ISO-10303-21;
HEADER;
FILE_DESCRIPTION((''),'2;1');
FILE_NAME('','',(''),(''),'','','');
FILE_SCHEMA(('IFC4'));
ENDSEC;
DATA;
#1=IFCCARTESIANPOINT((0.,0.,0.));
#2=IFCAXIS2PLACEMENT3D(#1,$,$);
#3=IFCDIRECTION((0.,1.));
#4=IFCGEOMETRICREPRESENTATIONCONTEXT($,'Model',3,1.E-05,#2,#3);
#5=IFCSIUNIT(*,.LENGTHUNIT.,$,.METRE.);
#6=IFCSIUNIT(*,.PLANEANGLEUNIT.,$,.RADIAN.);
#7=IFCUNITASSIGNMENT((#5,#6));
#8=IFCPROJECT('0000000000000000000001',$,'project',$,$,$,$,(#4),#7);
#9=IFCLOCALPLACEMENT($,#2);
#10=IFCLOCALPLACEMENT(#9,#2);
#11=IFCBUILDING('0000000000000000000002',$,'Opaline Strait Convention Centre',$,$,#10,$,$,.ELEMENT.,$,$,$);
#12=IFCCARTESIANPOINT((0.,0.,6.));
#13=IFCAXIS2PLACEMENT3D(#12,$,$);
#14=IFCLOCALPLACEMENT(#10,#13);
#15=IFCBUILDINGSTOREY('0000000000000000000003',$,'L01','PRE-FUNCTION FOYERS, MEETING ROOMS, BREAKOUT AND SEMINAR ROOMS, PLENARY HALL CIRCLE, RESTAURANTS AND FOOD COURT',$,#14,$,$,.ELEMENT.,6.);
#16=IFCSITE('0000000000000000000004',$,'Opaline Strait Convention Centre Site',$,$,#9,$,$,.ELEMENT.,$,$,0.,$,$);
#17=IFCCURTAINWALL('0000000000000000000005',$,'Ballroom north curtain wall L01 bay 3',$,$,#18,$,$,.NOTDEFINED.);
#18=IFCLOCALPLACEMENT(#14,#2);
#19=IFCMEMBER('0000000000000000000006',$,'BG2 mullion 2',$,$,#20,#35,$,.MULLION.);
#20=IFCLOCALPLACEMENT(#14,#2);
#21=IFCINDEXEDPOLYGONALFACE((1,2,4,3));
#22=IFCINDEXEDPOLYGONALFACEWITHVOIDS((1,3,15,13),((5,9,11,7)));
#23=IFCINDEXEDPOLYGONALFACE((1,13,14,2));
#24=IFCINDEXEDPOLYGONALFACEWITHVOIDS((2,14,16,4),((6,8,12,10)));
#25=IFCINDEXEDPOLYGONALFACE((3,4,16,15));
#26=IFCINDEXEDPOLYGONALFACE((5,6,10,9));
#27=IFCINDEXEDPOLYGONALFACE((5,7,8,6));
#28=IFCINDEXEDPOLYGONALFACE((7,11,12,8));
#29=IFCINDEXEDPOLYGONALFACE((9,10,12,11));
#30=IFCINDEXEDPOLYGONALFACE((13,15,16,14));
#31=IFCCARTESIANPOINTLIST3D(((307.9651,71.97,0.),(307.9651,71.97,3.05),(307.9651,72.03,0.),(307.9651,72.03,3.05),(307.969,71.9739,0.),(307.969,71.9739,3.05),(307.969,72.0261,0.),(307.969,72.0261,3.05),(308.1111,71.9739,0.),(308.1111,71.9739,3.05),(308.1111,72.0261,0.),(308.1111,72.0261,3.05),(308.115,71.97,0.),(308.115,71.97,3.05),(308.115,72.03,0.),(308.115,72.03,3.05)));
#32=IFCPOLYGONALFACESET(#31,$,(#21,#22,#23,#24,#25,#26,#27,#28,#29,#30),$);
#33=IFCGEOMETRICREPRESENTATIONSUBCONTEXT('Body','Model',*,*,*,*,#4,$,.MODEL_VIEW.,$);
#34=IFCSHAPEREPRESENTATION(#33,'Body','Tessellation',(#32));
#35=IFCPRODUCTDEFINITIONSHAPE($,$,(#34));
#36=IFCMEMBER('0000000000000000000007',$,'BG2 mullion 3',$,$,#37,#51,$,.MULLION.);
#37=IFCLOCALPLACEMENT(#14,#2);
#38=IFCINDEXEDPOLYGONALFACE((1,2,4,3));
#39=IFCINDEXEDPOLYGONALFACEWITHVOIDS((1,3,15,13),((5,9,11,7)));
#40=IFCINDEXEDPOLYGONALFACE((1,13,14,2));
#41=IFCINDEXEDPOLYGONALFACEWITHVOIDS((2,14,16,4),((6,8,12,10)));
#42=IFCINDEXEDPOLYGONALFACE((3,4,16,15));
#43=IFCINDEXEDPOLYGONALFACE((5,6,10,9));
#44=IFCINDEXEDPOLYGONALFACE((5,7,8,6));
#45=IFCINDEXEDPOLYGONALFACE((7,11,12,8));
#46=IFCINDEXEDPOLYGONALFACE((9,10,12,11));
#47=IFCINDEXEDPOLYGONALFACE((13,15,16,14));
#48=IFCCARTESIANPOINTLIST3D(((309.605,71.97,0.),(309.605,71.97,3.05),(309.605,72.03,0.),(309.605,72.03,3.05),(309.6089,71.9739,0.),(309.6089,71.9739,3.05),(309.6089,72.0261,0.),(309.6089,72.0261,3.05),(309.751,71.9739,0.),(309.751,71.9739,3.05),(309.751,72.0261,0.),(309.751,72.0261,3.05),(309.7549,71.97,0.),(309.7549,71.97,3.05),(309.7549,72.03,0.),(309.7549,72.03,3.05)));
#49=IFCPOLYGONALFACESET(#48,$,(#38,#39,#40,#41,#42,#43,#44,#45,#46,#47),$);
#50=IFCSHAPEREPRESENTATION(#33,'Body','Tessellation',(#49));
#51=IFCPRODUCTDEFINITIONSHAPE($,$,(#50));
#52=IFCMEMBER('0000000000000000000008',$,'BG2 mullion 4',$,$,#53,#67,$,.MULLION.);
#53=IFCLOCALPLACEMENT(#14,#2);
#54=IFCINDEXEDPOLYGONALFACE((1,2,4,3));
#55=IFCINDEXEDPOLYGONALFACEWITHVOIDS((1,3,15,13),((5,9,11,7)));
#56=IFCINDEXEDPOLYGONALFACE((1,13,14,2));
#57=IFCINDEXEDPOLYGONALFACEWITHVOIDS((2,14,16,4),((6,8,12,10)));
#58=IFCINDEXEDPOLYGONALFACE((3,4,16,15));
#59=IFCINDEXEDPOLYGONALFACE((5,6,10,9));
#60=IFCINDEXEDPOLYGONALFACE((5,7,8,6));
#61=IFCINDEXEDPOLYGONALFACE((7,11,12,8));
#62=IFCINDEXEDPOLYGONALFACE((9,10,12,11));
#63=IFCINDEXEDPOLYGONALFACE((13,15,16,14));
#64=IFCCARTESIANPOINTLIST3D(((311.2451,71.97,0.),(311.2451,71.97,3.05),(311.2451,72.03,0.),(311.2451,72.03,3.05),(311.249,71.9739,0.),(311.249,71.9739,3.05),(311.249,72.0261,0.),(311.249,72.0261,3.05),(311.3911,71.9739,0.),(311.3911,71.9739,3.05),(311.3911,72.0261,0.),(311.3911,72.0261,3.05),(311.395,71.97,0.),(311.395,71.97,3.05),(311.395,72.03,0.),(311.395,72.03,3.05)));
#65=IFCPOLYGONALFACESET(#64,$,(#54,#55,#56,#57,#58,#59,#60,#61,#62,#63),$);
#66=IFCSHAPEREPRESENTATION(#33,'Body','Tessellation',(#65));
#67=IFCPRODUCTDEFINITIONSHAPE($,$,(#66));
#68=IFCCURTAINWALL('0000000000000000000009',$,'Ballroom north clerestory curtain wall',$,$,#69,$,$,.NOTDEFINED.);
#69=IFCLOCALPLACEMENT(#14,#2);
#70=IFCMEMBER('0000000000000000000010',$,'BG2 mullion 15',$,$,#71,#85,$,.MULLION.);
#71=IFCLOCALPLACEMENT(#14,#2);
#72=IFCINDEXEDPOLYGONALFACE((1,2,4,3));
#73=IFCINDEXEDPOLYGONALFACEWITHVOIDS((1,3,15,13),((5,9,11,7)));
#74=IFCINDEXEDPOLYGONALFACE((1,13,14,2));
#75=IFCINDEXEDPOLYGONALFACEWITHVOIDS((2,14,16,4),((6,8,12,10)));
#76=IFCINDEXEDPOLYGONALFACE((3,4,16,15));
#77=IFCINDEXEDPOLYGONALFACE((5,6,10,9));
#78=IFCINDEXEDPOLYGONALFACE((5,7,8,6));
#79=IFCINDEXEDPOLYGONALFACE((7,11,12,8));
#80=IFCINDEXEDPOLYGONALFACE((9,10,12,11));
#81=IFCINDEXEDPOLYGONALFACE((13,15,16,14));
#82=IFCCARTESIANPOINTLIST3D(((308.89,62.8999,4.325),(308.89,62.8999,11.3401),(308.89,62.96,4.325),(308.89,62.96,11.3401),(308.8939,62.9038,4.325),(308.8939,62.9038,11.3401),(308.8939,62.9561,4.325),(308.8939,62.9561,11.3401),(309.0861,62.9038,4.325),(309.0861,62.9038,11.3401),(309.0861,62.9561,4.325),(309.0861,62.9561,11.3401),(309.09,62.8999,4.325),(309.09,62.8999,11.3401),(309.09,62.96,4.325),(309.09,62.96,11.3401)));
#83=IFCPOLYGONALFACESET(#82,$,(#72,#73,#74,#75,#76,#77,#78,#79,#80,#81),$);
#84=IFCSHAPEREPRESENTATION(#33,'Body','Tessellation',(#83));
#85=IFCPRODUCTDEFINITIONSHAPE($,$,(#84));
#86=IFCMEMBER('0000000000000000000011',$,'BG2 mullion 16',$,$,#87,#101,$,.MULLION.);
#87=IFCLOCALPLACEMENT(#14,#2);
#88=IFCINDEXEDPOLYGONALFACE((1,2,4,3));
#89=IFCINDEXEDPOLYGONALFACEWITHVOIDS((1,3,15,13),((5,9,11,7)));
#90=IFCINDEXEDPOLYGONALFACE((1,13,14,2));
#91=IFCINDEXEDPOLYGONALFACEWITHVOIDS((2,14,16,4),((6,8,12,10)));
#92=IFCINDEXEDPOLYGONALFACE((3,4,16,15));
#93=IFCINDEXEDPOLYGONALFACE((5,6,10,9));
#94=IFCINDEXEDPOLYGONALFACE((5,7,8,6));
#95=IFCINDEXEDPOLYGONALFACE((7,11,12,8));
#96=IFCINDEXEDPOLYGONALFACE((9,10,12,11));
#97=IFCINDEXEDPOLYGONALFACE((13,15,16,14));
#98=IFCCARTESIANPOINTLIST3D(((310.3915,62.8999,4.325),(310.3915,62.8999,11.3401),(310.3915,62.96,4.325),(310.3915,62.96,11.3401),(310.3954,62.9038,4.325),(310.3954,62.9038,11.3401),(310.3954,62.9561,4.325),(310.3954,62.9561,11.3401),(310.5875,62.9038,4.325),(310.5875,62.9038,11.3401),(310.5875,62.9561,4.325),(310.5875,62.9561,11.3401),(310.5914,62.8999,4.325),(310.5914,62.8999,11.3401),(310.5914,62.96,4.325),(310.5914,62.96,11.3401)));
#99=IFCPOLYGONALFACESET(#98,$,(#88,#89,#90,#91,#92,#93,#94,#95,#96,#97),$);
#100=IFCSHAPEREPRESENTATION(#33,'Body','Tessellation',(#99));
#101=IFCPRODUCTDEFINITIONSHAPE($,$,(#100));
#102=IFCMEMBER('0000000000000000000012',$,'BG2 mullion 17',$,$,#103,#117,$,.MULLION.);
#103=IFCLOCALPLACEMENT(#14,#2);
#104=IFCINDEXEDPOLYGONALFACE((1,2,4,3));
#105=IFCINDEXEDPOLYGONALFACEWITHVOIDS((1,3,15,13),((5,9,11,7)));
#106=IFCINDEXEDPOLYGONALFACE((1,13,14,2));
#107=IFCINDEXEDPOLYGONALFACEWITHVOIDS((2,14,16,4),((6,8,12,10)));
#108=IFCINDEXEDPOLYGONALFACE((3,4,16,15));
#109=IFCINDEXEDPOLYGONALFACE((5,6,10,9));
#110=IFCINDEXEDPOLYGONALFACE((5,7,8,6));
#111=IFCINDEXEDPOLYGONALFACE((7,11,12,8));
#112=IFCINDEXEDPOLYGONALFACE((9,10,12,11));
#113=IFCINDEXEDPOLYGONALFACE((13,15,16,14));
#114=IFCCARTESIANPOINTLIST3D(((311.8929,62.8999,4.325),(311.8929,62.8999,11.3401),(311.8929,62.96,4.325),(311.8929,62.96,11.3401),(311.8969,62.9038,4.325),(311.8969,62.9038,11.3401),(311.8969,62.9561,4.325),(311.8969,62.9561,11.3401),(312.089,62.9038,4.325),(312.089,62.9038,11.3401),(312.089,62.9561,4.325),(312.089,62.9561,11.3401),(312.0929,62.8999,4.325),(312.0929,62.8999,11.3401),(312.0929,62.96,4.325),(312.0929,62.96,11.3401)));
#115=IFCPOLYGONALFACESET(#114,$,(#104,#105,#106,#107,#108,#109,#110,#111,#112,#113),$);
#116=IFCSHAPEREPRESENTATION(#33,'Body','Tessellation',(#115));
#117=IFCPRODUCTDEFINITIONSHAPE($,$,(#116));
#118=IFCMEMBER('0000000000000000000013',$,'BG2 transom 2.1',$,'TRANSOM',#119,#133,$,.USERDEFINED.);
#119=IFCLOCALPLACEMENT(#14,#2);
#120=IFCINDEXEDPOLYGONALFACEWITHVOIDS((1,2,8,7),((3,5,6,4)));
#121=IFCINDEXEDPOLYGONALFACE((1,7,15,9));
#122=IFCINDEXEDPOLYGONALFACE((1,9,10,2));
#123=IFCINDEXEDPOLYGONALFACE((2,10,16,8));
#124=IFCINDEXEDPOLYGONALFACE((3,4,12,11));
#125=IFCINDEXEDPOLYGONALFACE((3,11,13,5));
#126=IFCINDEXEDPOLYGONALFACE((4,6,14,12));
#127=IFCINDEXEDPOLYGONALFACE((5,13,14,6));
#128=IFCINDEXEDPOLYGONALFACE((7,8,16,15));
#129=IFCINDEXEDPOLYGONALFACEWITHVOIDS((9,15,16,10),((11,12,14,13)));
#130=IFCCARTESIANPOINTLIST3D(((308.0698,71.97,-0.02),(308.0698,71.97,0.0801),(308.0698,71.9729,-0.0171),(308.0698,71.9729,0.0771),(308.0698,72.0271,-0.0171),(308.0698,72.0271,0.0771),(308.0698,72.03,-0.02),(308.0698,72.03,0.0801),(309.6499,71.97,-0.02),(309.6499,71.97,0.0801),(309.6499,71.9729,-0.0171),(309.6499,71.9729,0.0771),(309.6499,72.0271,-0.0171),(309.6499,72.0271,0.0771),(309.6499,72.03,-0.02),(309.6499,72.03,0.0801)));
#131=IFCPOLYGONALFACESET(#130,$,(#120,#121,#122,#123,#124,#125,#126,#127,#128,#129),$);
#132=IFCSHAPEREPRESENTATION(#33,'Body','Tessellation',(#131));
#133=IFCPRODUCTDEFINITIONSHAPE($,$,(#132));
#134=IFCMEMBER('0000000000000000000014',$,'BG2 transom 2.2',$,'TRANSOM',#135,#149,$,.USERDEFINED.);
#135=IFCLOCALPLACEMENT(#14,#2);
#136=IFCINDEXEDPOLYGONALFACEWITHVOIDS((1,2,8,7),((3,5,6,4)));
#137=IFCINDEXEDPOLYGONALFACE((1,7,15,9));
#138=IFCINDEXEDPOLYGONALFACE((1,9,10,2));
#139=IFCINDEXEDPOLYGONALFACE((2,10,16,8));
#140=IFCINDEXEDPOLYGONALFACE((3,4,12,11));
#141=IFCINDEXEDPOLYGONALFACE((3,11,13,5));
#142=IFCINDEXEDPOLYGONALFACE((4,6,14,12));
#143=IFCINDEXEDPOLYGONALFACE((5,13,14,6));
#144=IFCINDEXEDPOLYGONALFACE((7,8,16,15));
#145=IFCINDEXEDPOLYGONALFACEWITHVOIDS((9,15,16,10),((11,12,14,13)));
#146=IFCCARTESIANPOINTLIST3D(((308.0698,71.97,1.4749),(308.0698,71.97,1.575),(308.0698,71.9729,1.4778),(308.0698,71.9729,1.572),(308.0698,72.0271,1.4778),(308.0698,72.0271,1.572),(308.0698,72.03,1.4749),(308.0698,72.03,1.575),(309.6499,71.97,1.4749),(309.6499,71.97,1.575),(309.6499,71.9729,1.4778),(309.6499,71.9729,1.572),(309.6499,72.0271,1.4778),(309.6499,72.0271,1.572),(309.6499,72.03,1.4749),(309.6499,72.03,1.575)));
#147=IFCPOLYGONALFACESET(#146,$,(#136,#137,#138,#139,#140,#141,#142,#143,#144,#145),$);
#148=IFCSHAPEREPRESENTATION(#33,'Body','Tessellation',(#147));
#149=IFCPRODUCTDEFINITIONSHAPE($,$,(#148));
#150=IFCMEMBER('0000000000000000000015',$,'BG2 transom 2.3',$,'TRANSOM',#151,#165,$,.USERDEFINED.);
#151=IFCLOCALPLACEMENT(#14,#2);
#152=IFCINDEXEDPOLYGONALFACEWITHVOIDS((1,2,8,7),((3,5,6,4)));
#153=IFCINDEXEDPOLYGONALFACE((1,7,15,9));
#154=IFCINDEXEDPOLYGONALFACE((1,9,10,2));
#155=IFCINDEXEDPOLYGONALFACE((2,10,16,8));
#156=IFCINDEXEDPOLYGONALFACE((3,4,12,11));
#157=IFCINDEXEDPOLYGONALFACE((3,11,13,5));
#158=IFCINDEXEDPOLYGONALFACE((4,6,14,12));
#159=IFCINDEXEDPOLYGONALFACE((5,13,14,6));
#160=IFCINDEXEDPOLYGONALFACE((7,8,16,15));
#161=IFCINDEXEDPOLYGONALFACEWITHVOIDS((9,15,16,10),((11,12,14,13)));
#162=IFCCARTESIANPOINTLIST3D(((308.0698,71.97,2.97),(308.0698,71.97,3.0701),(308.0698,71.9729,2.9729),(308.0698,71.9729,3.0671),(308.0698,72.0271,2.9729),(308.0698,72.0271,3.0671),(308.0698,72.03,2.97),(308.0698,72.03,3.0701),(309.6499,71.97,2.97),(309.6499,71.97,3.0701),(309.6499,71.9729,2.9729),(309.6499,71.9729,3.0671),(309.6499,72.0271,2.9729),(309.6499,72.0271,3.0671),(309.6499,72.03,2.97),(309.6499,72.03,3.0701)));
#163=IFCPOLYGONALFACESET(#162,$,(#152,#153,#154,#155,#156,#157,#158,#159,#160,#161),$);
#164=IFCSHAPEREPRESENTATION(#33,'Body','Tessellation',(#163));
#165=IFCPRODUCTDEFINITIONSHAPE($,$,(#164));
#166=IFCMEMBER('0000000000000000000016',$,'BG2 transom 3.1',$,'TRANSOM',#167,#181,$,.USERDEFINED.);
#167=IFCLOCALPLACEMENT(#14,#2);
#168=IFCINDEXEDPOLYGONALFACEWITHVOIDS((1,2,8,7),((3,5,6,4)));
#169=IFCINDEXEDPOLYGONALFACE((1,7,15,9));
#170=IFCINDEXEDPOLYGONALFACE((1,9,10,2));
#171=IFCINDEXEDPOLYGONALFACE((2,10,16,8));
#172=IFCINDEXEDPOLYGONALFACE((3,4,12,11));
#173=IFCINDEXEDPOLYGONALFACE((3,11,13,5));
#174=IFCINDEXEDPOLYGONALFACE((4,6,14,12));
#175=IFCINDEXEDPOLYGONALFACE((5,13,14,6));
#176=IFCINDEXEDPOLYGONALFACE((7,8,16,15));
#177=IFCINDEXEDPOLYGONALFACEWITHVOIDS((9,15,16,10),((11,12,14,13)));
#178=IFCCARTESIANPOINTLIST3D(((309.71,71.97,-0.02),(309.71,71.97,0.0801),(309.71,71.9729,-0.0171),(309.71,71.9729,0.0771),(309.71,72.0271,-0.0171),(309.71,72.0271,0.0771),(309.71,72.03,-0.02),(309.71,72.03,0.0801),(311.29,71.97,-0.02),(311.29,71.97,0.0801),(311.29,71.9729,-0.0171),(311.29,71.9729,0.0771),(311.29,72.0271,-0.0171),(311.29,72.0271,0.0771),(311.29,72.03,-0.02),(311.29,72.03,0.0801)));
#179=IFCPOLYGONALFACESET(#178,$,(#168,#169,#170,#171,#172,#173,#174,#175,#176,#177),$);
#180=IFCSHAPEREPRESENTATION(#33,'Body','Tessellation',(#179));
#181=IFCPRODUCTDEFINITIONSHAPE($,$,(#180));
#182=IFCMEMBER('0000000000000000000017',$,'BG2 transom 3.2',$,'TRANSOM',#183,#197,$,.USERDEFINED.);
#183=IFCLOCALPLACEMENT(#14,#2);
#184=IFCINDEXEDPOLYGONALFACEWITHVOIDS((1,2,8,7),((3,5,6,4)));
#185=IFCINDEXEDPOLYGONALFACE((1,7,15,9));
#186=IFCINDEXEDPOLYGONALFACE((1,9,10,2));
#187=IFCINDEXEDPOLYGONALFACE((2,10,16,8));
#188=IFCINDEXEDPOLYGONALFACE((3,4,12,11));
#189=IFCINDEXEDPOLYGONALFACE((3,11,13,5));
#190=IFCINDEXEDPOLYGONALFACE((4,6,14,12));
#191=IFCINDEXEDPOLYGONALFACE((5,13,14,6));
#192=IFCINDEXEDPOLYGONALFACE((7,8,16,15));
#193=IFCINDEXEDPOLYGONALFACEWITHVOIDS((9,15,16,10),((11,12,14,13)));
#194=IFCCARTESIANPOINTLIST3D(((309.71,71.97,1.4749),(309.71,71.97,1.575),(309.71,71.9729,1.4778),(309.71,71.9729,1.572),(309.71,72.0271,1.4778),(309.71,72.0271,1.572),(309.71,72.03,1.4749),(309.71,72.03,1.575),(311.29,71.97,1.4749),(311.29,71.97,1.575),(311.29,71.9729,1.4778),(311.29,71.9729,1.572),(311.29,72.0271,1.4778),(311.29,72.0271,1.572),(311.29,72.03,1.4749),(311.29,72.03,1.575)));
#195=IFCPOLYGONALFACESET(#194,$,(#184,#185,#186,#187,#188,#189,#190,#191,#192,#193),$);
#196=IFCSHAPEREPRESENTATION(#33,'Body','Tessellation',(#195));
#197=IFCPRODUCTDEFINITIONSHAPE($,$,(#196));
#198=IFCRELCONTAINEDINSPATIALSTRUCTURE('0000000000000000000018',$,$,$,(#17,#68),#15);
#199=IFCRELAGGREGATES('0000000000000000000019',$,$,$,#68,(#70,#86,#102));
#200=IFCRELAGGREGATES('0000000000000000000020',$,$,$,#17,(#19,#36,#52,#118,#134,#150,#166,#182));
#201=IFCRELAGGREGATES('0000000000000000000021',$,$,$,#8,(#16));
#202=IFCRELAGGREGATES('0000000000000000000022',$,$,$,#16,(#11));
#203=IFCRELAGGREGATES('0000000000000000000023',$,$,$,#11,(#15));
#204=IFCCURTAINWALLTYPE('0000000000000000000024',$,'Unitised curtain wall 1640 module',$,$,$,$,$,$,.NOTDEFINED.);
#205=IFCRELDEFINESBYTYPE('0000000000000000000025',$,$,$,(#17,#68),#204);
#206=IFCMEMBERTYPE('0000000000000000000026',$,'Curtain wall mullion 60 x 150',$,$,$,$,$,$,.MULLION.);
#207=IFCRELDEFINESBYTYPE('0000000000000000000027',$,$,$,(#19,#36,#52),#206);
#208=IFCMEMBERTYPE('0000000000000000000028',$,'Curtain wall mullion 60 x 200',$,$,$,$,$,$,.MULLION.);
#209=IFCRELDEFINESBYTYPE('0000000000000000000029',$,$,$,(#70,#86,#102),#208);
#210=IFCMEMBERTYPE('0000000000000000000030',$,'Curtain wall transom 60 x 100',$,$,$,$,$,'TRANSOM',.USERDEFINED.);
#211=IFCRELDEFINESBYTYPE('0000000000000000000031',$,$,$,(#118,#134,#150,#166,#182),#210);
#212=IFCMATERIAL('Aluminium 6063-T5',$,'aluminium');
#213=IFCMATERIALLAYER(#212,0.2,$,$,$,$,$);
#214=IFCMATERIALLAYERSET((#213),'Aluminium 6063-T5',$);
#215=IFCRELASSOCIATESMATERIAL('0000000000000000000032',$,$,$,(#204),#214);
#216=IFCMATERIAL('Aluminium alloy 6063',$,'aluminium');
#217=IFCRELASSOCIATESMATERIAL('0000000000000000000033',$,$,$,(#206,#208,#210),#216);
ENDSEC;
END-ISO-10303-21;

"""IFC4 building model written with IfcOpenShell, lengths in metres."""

from ifc_helpers import new_model, si_unit, direction, frame, origin, origin_2d, place, context, subcontext, project, spatial, hollow_rectangle, extrude, material, layer, layer_set, material_profile, profile_set, type_object, element, aggregate, save


model = new_model("IFC4")

# Units and contexts
model_context = context("Model", 3, precision=1e-05, world=origin(), true_north=direction((0.0, 1.0)))
body_context = subcontext(model_context, "Body", "Model", "MODEL_VIEW")
ifc_project = project(units=[si_unit("LENGTHUNIT", "METRE"), si_unit("PLANEANGLEUNIT", "RADIAN")], contexts=[model_context])

# Site, building, storey
site_placement = place(None, origin())
site = spatial("IfcSite", under=ifc_project, at=site_placement, Name="Opaline Strait Convention Centre Site", CompositionType="ELEMENT", RefElevation=0.0)
building_placement = place(site_placement, origin())
building = spatial("IfcBuilding", under=site, at=building_placement, Name="Opaline Strait Convention Centre", CompositionType="ELEMENT")
storey_placement = place(building_placement, frame((0.0, 0.0, 6.0)))
storey = spatial("IfcBuildingStorey", under=building, at=storey_placement, Name="L01", Description="PRE-FUNCTION FOYERS, MEETING ROOMS, BREAKOUT AND SEMINAR ROOMS, PLENARY HALL CIRCLE, RESTAURANTS AND FOOD COURT", CompositionType="ELEMENT", Elevation=6.0)

# Curtain walls, members
ifc_material_1 = material(Name="Aluminium 6063-T5", Category="aluminium")
ifc_layer_1 = layer(ifc_material_1, 0.2)
ifc_layer_set_1 = layer_set([ifc_layer_1], Name="Aluminium 6063-T5")
curtain_wall_type = type_object("IfcCurtainWallType", Name="Unitised curtain wall 1640 module", PredefinedType="NOTDEFINED", material=ifc_layer_set_1)
curtain_wall_1_placement = place(storey_placement, origin())
curtain_wall_1 = element("IfcCurtainWall", 1, at=curtain_wall_1_placement, inside=storey, type_object=curtain_wall_type, Name="Ballroom north curtain wall L01 bay 3", PredefinedType="NOTDEFINED")
ifc_material_2 = material(Name="Aluminium alloy 6063", Category="aluminium")
ifc_material_profile_1 = material_profile(ifc_material_2, hollow_rectangle(XDim=0.0601, YDim=0.1499, WallThickness=0.0039, at=origin_2d()), Name="MULLION 60x150x4")
ifc_profile_set_1 = profile_set([ifc_material_profile_1], Name="Aluminium alloy 6063")
member_type_1 = type_object("IfcMemberType", Name="Curtain wall mullion 60 x 150", PredefinedType="MULLION", material=ifc_profile_set_1)
member_1_placement = place(storey_placement, frame((308.04, 72.0, 0.0), z_axis=(0.0, 0.0, 1.0), x_axis=(0.0, 1.0, 0.0)))
member_1 = element("IfcMember", 2, at=member_1_placement, type_object=member_type_1, Name="BG2 mullion 2", PredefinedType="MULLION", context=body_context, shape_type="SweptSolid", body=[
    extrude(hollow_rectangle(XDim=0.0601, YDim=0.1499, WallThickness=0.0039, at=origin_2d()), origin(), (0.0, 0.0, 1.0), 3.05),
])
member_2_placement = place(storey_placement, frame((309.6799, 72.0, 0.0), z_axis=(0.0, 0.0, 1.0), x_axis=(0.0, 1.0, 0.0)))
member_2 = element("IfcMember", 3, at=member_2_placement, type_object=member_type_1, Name="BG2 mullion 3", PredefinedType="MULLION", context=body_context, shape_type="SweptSolid", body=[
    extrude(hollow_rectangle(XDim=0.0601, YDim=0.1499, WallThickness=0.0039, at=origin_2d()), origin(), (0.0, 0.0, 1.0), 3.05),
])
member_3_placement = place(storey_placement, frame((311.3201, 72.0, 0.0), z_axis=(0.0, 0.0, 1.0), x_axis=(0.0, 1.0, 0.0)))
member_3 = element("IfcMember", 4, at=member_3_placement, type_object=member_type_1, Name="BG2 mullion 4", PredefinedType="MULLION", context=body_context, shape_type="SweptSolid", body=[
    extrude(hollow_rectangle(XDim=0.0601, YDim=0.1499, WallThickness=0.0039, at=origin_2d()), origin(), (0.0, 0.0, 1.0), 3.05),
])
curtain_wall_2_placement = place(storey_placement, origin())
curtain_wall_2 = element("IfcCurtainWall", 5, at=curtain_wall_2_placement, inside=storey, type_object=curtain_wall_type, Name="Ballroom north clerestory curtain wall", PredefinedType="NOTDEFINED")
ifc_material_profile_2 = material_profile(ifc_material_2, hollow_rectangle(XDim=0.0601, YDim=0.2, WallThickness=0.0039, at=origin_2d()), Name="MULLION 60x200x4")
ifc_profile_set_2 = profile_set([ifc_material_profile_2], Name="Aluminium alloy 6063")
member_type_2 = type_object("IfcMemberType", Name="Curtain wall mullion 60 x 200", PredefinedType="MULLION", material=ifc_profile_set_2)
member_4_placement = place(storey_placement, frame((308.99, 62.9299, 4.325), z_axis=(0.0, 0.0, 1.0), x_axis=(0.0, 1.0, 0.0)))
member_4 = element("IfcMember", 6, at=member_4_placement, type_object=member_type_2, Name="BG2 mullion 15", PredefinedType="MULLION", context=body_context, shape_type="SweptSolid", body=[
    extrude(hollow_rectangle(XDim=0.0601, YDim=0.2, WallThickness=0.0039, at=origin_2d()), origin(), (0.0, 0.0, 1.0), 7.0151),
])
member_5_placement = place(storey_placement, frame((310.4915, 62.9299, 4.325), z_axis=(0.0, 0.0, 1.0), x_axis=(0.0, 1.0, 0.0)))
member_5 = element("IfcMember", 7, at=member_5_placement, type_object=member_type_2, Name="BG2 mullion 16", PredefinedType="MULLION", context=body_context, shape_type="SweptSolid", body=[
    extrude(hollow_rectangle(XDim=0.0601, YDim=0.2, WallThickness=0.0039, at=origin_2d()), origin(), (0.0, 0.0, 1.0), 7.0151),
])
member_6_placement = place(storey_placement, frame((311.9929, 62.9299, 4.325), z_axis=(0.0, 0.0, 1.0), x_axis=(0.0, 1.0, 0.0)))
member_6 = element("IfcMember", 8, at=member_6_placement, type_object=member_type_2, Name="BG2 mullion 17", PredefinedType="MULLION", context=body_context, shape_type="SweptSolid", body=[
    extrude(hollow_rectangle(XDim=0.0601, YDim=0.2, WallThickness=0.0039, at=origin_2d()), origin(), (0.0, 0.0, 1.0), 7.0151),
])

# Members
ifc_material_profile_3 = material_profile(ifc_material_2, hollow_rectangle(XDim=0.0601, YDim=0.1001, WallThickness=0.0029, at=origin_2d()), Name="TRANSOM 60x100x3")
ifc_profile_set_3 = profile_set([ifc_material_profile_3], Name="Aluminium alloy 6063")
member_type_3 = type_object("IfcMemberType", Name="Curtain wall transom 60 x 100", ElementType="TRANSOM", PredefinedType="USERDEFINED", material=ifc_profile_set_3)
member_7_placement = place(storey_placement, frame((308.0698, 72.0, 0.03), z_axis=(1.0, 0.0, 0.0), x_axis=(0.0, 1.0, 0.0)))
member_7 = element("IfcMember", 9, at=member_7_placement, type_object=member_type_3, Name="BG2 transom 2.1", ObjectType="TRANSOM", PredefinedType="USERDEFINED", context=body_context, shape_type="SweptSolid", body=[
    extrude(hollow_rectangle(XDim=0.0601, YDim=0.1001, WallThickness=0.0029, at=origin_2d()), origin(), (0.0, 0.0, 1.0), 1.5801),
])
member_8_placement = place(storey_placement, frame((308.0698, 72.0, 1.5249), z_axis=(1.0, 0.0, 0.0), x_axis=(0.0, 1.0, 0.0)))
member_8 = element("IfcMember", 10, at=member_8_placement, type_object=member_type_3, Name="BG2 transom 2.2", ObjectType="TRANSOM", PredefinedType="USERDEFINED", context=body_context, shape_type="SweptSolid", body=[
    extrude(hollow_rectangle(XDim=0.0601, YDim=0.1001, WallThickness=0.0029, at=origin_2d()), origin(), (0.0, 0.0, 1.0), 1.5801),
])
member_9_placement = place(storey_placement, frame((308.0698, 72.0, 3.02), z_axis=(1.0, 0.0, 0.0), x_axis=(0.0, 1.0, 0.0)))
member_9 = element("IfcMember", 11, at=member_9_placement, type_object=member_type_3, Name="BG2 transom 2.3", ObjectType="TRANSOM", PredefinedType="USERDEFINED", context=body_context, shape_type="SweptSolid", body=[
    extrude(hollow_rectangle(XDim=0.0601, YDim=0.1001, WallThickness=0.0029, at=origin_2d()), origin(), (0.0, 0.0, 1.0), 1.5801),
])
member_10_placement = place(storey_placement, frame((309.71, 72.0, 0.03), z_axis=(1.0, 0.0, 0.0), x_axis=(0.0, 1.0, 0.0)))
member_10 = element("IfcMember", 12, at=member_10_placement, type_object=member_type_3, Name="BG2 transom 3.1", ObjectType="TRANSOM", PredefinedType="USERDEFINED", context=body_context, shape_type="SweptSolid", body=[
    extrude(hollow_rectangle(XDim=0.0601, YDim=0.1001, WallThickness=0.0029, at=origin_2d()), origin(), (0.0, 0.0, 1.0), 1.5801),
])
member_11_placement = place(storey_placement, frame((309.71, 72.0, 1.5249), z_axis=(1.0, 0.0, 0.0), x_axis=(0.0, 1.0, 0.0)))
member_11 = element("IfcMember", 13, at=member_11_placement, type_object=member_type_3, Name="BG2 transom 3.2", ObjectType="TRANSOM", PredefinedType="USERDEFINED", context=body_context, shape_type="SweptSolid", body=[
    extrude(hollow_rectangle(XDim=0.0601, YDim=0.1001, WallThickness=0.0029, at=origin_2d()), origin(), (0.0, 0.0, 1.0), 1.5801),
])
aggregate(curtain_wall_2, [member_4, member_5, member_6])

aggregate(curtain_wall_1, [member_1, member_2, member_3, member_7, member_8, member_9, member_10, member_11])

save(model, "model.ifc")
